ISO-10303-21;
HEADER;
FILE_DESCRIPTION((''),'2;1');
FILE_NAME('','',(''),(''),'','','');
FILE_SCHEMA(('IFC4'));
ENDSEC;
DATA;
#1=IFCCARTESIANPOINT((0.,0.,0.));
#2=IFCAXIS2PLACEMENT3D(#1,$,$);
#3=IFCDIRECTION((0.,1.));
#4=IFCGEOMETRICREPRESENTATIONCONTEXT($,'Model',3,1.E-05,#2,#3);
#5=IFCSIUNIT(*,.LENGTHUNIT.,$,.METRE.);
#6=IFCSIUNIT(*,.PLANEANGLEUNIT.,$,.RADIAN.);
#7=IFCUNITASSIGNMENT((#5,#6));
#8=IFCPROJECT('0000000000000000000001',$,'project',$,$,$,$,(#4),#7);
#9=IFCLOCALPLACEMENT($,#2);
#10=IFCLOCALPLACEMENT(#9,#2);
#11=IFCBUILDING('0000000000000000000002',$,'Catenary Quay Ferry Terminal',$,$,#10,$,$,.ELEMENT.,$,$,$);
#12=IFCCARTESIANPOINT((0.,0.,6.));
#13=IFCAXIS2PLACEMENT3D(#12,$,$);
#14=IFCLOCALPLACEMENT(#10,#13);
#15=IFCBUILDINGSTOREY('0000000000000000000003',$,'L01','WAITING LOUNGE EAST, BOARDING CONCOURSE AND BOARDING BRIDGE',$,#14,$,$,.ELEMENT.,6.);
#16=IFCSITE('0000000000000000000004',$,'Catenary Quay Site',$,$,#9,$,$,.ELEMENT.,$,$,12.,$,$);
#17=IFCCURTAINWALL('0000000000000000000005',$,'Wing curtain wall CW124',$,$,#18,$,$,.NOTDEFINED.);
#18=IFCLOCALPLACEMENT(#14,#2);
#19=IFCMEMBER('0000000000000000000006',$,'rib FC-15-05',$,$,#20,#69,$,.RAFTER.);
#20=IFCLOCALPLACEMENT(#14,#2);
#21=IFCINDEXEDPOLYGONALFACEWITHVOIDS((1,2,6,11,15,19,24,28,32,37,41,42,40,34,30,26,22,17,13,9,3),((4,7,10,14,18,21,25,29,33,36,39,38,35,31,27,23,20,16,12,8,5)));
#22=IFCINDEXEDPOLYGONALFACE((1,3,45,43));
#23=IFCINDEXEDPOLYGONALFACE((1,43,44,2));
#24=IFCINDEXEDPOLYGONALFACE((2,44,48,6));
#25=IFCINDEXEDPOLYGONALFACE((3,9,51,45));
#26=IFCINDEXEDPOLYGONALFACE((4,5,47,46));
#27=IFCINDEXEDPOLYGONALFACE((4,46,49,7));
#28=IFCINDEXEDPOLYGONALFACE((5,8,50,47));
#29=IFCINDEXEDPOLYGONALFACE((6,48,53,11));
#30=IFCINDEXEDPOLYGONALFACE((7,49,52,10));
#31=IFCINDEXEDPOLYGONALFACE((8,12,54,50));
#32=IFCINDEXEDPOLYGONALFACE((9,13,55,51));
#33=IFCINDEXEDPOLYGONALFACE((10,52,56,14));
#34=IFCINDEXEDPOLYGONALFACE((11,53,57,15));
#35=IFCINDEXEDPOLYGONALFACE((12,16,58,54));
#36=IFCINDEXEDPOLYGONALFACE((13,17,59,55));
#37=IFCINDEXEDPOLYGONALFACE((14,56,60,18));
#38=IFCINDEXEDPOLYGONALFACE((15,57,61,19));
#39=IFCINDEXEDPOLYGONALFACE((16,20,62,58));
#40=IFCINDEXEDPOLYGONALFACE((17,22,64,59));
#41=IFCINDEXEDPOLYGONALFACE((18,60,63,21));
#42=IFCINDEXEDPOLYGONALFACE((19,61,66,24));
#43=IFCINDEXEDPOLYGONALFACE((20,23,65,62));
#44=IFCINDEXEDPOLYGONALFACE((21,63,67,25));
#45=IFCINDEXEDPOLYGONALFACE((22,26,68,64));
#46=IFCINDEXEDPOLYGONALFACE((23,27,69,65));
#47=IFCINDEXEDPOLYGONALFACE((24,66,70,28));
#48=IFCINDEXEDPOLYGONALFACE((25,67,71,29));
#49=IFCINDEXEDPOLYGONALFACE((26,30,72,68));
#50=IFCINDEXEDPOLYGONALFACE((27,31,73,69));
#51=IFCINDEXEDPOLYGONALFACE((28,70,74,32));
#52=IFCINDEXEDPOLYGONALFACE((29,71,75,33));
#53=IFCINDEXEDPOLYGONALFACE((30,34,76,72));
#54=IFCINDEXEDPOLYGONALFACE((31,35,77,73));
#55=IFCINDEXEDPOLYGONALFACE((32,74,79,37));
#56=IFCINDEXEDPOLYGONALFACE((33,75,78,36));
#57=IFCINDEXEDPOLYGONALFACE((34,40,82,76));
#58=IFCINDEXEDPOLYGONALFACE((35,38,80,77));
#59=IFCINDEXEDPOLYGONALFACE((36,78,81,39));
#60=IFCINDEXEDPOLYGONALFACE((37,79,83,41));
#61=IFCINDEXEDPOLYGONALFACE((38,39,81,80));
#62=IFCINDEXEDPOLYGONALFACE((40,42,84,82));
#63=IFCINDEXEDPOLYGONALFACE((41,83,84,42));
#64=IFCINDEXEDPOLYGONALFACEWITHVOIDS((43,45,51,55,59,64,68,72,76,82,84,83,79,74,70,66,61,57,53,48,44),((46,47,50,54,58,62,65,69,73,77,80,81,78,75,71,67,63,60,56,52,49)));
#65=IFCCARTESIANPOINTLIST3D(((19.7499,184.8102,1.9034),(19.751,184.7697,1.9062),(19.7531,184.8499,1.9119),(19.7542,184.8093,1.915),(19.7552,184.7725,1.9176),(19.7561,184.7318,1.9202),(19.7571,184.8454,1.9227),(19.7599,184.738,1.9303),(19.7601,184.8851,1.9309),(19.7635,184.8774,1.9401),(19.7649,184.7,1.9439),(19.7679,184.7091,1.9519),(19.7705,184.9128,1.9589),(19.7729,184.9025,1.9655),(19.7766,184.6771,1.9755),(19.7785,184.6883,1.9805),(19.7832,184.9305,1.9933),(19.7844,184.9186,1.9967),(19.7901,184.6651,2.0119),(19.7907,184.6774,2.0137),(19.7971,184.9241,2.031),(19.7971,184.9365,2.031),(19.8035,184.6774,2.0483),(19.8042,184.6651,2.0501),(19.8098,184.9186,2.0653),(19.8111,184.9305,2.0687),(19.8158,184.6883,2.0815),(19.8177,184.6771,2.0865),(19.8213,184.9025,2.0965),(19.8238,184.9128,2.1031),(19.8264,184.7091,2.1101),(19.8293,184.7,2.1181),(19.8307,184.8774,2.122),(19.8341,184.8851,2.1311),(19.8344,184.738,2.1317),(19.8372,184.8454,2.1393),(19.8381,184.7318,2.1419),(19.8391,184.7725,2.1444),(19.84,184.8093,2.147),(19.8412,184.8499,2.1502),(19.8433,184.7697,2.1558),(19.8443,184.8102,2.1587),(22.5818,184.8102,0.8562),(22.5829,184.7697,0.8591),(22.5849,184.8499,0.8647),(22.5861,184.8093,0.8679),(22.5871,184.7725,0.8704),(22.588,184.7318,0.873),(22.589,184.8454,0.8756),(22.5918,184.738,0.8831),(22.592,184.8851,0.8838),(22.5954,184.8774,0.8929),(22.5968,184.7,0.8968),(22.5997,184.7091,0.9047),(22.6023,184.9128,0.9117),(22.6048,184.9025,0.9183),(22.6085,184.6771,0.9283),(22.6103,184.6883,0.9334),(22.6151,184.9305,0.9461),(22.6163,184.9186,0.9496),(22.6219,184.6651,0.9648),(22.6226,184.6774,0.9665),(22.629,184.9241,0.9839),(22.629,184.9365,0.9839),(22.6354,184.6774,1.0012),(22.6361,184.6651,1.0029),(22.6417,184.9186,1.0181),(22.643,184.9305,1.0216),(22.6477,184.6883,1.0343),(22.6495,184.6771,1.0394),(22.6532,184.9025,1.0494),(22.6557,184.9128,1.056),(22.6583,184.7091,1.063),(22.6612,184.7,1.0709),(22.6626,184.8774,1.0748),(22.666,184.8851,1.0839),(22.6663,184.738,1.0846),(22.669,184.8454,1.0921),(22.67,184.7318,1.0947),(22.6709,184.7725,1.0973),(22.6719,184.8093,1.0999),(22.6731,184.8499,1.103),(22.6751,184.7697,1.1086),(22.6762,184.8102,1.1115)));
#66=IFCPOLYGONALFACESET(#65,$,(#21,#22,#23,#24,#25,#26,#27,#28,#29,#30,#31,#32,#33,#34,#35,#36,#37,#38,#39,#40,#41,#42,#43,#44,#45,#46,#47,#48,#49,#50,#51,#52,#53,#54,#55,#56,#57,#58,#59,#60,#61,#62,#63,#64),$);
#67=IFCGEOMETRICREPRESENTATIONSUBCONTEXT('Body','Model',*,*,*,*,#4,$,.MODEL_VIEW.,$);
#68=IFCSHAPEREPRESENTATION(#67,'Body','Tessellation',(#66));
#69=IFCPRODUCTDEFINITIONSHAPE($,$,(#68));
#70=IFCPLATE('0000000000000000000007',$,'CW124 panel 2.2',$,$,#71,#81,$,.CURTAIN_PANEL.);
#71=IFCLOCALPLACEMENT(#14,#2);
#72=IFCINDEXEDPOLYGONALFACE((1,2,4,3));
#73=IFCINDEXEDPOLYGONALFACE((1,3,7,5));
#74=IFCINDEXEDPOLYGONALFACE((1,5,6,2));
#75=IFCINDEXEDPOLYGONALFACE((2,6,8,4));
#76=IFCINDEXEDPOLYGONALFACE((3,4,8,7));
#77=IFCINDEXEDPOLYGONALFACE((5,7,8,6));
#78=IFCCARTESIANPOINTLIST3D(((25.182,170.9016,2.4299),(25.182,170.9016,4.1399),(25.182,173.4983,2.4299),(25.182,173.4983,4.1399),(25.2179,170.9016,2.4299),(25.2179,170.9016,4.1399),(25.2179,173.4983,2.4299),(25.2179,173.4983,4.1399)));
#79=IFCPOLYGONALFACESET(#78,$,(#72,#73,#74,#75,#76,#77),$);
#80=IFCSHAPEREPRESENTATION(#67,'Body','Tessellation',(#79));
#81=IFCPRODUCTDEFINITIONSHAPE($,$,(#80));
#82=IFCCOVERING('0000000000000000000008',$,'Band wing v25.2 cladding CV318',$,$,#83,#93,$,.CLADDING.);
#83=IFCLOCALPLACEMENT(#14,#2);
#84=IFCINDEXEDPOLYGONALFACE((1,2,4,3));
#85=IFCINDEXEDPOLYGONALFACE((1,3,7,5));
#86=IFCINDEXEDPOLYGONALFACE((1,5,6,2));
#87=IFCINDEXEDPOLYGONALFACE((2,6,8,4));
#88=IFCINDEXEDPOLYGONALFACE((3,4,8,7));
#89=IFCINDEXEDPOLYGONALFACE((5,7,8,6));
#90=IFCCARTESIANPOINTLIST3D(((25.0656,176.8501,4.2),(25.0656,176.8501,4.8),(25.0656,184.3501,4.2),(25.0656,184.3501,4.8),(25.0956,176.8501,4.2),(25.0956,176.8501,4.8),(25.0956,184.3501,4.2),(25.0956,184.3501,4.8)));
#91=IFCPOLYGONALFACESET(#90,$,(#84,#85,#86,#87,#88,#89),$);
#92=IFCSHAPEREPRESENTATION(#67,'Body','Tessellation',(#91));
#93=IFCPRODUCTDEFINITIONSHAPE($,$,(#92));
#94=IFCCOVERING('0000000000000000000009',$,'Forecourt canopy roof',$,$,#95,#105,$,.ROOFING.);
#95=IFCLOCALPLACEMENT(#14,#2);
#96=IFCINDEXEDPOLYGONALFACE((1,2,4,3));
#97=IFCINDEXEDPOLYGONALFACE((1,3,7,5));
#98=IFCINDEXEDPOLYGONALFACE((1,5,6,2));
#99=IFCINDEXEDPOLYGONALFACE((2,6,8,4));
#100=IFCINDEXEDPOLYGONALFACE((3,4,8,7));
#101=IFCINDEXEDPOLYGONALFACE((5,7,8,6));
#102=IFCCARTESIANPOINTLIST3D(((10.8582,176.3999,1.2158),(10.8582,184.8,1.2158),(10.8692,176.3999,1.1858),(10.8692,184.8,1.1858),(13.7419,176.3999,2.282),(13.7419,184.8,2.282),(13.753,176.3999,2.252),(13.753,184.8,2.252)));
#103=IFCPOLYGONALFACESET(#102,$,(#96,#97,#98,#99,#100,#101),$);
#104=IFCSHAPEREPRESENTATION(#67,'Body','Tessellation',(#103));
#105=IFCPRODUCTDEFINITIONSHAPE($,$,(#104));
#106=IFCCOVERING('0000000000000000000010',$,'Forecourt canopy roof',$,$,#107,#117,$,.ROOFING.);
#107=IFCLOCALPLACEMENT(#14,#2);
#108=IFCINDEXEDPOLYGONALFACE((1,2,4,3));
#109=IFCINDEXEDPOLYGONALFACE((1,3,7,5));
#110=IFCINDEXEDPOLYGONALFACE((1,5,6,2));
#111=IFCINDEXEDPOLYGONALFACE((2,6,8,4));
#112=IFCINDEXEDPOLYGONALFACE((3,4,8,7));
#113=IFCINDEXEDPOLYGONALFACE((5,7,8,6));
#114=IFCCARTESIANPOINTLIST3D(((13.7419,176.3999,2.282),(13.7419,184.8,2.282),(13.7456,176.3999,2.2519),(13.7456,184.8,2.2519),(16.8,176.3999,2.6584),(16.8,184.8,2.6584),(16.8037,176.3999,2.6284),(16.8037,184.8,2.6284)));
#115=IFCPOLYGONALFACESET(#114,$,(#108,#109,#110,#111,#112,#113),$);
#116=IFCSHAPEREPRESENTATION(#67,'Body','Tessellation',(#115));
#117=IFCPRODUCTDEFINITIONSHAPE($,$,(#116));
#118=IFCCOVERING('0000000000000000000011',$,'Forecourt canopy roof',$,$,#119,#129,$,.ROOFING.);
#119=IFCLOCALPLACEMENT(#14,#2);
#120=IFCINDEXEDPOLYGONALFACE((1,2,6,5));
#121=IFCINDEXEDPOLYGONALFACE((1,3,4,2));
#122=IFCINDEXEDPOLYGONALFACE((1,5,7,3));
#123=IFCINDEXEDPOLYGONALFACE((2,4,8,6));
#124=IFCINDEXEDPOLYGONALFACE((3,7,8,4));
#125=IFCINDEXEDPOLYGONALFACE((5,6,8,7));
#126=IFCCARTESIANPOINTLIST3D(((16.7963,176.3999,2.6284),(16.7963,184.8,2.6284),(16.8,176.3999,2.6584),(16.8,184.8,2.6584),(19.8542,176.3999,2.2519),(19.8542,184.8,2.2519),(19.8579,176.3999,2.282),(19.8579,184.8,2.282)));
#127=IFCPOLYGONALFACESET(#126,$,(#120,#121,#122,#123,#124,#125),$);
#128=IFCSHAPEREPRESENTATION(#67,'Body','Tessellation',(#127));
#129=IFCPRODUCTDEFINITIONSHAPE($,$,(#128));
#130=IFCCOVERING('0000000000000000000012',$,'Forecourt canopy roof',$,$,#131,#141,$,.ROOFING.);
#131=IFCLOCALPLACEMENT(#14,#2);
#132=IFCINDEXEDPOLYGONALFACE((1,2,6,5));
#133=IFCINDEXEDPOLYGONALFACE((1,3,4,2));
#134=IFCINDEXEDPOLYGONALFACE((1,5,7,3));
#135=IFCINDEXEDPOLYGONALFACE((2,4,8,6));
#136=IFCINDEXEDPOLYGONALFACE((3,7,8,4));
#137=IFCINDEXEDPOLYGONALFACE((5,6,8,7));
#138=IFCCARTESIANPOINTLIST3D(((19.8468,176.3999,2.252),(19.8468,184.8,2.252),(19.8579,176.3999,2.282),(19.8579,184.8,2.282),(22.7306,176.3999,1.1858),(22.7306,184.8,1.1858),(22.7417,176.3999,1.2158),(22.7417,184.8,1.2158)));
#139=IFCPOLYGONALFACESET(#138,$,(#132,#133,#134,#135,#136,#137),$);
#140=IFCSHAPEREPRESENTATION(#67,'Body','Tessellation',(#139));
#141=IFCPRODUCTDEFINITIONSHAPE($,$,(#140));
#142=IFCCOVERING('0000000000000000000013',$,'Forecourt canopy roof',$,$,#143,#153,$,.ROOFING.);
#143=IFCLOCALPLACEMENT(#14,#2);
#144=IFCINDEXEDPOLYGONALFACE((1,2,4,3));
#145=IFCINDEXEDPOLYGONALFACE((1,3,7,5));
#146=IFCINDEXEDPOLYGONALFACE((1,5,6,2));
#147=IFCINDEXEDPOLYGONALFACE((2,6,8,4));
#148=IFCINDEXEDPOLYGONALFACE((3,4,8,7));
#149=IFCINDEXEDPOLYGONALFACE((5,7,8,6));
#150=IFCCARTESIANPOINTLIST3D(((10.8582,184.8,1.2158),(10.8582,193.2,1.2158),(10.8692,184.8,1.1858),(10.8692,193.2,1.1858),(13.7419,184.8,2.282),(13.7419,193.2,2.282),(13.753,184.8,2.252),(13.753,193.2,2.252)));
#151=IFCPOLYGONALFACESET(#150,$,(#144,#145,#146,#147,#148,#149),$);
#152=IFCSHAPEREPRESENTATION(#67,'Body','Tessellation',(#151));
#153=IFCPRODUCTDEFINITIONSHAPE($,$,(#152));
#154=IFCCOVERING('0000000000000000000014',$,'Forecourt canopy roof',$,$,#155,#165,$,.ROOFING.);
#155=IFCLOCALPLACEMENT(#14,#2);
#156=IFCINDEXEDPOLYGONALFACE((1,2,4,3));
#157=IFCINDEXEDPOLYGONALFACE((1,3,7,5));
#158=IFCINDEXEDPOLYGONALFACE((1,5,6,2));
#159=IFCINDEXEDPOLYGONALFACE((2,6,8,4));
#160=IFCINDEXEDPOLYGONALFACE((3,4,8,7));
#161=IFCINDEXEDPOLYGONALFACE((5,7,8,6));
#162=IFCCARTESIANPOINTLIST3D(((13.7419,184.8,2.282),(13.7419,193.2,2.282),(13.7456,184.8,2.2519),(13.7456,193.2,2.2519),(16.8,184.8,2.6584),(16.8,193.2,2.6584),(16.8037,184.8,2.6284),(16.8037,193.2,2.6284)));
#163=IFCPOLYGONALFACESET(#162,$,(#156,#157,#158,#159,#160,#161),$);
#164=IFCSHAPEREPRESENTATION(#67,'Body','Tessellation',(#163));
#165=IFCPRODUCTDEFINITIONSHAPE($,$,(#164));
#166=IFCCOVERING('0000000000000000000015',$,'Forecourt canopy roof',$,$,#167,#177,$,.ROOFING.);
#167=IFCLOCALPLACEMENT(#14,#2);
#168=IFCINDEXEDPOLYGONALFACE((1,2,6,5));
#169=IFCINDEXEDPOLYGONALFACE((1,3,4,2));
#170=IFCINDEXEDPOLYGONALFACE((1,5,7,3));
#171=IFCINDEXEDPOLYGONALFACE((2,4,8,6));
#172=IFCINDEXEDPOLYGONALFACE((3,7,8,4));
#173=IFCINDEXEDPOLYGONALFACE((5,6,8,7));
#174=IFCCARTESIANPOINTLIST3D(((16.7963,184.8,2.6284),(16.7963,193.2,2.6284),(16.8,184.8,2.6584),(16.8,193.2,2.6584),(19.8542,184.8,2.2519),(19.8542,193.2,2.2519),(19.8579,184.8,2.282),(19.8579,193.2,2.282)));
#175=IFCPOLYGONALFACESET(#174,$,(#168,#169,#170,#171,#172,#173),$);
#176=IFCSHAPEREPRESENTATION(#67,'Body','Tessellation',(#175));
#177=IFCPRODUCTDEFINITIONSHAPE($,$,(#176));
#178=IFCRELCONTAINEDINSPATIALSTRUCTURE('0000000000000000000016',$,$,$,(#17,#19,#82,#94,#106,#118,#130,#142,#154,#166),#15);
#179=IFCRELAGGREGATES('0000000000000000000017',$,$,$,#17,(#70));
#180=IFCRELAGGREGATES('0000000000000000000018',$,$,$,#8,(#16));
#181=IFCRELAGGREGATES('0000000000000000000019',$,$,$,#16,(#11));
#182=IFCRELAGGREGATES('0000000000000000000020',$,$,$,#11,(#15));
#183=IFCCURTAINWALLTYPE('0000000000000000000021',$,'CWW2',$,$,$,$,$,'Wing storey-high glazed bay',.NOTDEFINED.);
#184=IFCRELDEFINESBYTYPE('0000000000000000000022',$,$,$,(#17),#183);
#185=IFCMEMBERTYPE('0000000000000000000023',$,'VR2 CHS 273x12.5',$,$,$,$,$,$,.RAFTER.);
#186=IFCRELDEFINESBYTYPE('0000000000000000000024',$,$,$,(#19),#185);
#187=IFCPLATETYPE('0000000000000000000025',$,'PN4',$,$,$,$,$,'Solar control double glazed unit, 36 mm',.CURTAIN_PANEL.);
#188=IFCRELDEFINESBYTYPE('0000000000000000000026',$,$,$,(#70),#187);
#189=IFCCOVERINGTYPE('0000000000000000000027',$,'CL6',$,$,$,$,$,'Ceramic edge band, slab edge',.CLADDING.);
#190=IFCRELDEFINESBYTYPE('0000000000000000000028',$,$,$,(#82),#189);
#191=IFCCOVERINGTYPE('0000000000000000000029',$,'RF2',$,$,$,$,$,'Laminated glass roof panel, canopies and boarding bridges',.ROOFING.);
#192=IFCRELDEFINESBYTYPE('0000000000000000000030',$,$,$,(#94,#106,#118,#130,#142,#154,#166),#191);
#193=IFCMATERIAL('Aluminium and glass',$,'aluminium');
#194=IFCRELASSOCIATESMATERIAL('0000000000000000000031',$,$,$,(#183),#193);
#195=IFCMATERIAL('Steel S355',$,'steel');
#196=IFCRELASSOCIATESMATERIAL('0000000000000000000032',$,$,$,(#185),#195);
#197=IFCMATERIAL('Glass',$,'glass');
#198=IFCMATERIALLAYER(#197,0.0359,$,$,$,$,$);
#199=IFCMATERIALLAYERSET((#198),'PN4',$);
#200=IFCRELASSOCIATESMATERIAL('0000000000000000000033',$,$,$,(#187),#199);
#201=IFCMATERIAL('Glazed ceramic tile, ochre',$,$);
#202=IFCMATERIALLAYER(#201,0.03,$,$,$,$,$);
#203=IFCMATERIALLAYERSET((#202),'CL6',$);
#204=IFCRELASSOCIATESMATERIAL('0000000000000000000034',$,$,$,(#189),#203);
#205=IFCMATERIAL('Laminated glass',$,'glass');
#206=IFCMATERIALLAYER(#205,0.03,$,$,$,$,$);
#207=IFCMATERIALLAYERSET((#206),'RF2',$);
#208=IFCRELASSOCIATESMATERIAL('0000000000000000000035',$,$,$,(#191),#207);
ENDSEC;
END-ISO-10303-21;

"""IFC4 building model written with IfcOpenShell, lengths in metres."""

from ifc_helpers import new_model, si_unit, direction, frame, origin, origin_2d, place, context, subcontext, project, spatial, polyline, rectangle, hollow_circle, outline, extrude, material, layer, layer_set, material_profile, profile_set, type_object, element, aggregate, save


model = new_model("IFC4")

# Units and contexts
model_context = context("Model", 3, precision=1e-05, world=origin(), true_north=direction((0.0, 1.0)))
body_context = subcontext(model_context, "Body", "Model", "MODEL_VIEW")
ifc_project = project(units=[si_unit("LENGTHUNIT", "METRE"), si_unit("PLANEANGLEUNIT", "RADIAN")], contexts=[model_context])

# Site, building, storey
site_placement = place(None, origin())
site = spatial("IfcSite", under=ifc_project, at=site_placement, Name="Catenary Quay Site", CompositionType="ELEMENT", RefElevation=12.0)
building_placement = place(site_placement, origin())
building = spatial("IfcBuilding", under=site, at=building_placement, Name="Catenary Quay Ferry Terminal", CompositionType="ELEMENT")
storey_placement = place(building_placement, frame((0.0, 0.0, 6.0)))
storey = spatial("IfcBuildingStorey", under=building, at=storey_placement, Name="L01", Description="WAITING LOUNGE EAST, BOARDING CONCOURSE AND BOARDING BRIDGE", CompositionType="ELEMENT", Elevation=6.0)

# Curtain wall
ifc_material_1 = material(Name="Aluminium and glass", Category="aluminium")
curtain_wall_type = type_object("IfcCurtainWallType", Name="CWW2", ElementType="Wing storey-high glazed bay", PredefinedType="NOTDEFINED", material=ifc_material_1)
curtain_wall_placement = place(storey_placement, origin())
curtain_wall = element("IfcCurtainWall", 1, at=curtain_wall_placement, inside=storey, type_object=curtain_wall_type, Name="Wing curtain wall CW124", PredefinedType="NOTDEFINED")

# Member
ifc_material_2 = material(Name="Steel S355", Category="steel")
ifc_material_profile_1 = material_profile(ifc_material_2, hollow_circle(Radius=0.1365, WallThickness=0.0125, at=origin_2d()), Name="CHS 273x12.5")
ifc_profile_set_1 = profile_set([ifc_material_profile_1], Name="Steel S355")
member_type_1 = type_object("IfcMemberType", Name="VR2 CHS 273x12.5", PredefinedType="RAFTER", material=ifc_profile_set_1)
member_1_placement = place(storey_placement, frame((19.7971, 184.8, 2.031), z_axis=(0.937931, 0.0, -0.346822), x_axis=(0.0, 1.0, 0.0)))
element("IfcMember", 2, at=member_1_placement, inside=storey, type_object=member_type_1, Name="rib FC-15-05", PredefinedType="RAFTER", context=body_context, shape_type="SweptSolid", body=[
    extrude(hollow_circle(Radius=0.1365, WallThickness=0.0125, at=origin_2d()), origin(), (0.0, 0.0, 1.0), 3.0193),
])

# Plate
ifc_material_3 = material(Name="Glass", Category="glass")
ifc_layer_1 = layer(ifc_material_3, 0.0359)
ifc_layer_set_1 = layer_set([ifc_layer_1], Name="PN4")
plate_type = type_object("IfcPlateType", Name="PN4", ElementType="Solar control double glazed unit, 36 mm", PredefinedType="CURTAIN_PANEL", material=ifc_layer_set_1)
plate_placement = place(storey_placement, frame((25.2, 172.2, 2.4299), z_axis=(0.0, 0.0, 1.0), x_axis=(0.0, 1.0, 0.0)))
plate = element("IfcPlate", 3, at=plate_placement, type_object=plate_type, Name="CW124 panel 2.2", PredefinedType="CURTAIN_PANEL", context=body_context, shape_type="SweptSolid", body=[
    extrude(rectangle(XDim=2.5967, YDim=0.0359, at=origin_2d()), origin(), (0.0, 0.0, 1.0), 1.71),
])
aggregate(curtain_wall, [plate])

# Coverings
ifc_material_4 = material(Name="Glazed ceramic tile, ochre")
ifc_layer_2 = layer(ifc_material_4, 0.03)
ifc_layer_set_2 = layer_set([ifc_layer_2], Name="CL6")
covering_type_1 = type_object("IfcCoveringType", Name="CL6", ElementType="Ceramic edge band, slab edge", PredefinedType="CLADDING", material=ifc_layer_set_2)
covering_1_placement = place(storey_placement, frame((25.0806, 180.6001, 4.2), z_axis=(0.0, 0.0, 1.0), x_axis=(1.0, 0.0, 0.0)))
element("IfcCovering", 4, at=covering_1_placement, inside=storey, type_object=covering_type_1, Name="Band wing v25.2 cladding CV318", PredefinedType="CLADDING", context=body_context, shape_type="SweptSolid", body=[
    extrude(rectangle(XDim=0.03, YDim=7.5, at=origin_2d()), origin(), (0.0, 0.0, 1.0), 0.6001),
])
ifc_material_5 = material(Name="Laminated glass", Category="glass")
ifc_layer_3 = layer(ifc_material_5, 0.03)
ifc_layer_set_3 = layer_set([ifc_layer_3], Name="RF2")
covering_type_2 = type_object("IfcCoveringType", Name="RF2", ElementType="Laminated glass roof panel, canopies and boarding bridges", PredefinedType="ROOFING", material=ifc_layer_set_3)
covering_2_placement = place(storey_placement, frame((10.8582, 176.3999, 1.2158), z_axis=(-0.346769, 0.0, 0.937951), x_axis=(0.0, 1.0, 0.0)))
element("IfcCovering", 5, at=covering_2_placement, inside=storey, type_object=covering_type_2, Name="Forecourt canopy roof", PredefinedType="ROOFING", context=body_context, shape_type="SweptSolid", body=[
    extrude(outline(polyline([(0.0, 0.0), (8.4001, 0.0), (8.4001, -3.0746), (0.0, -3.0746), (0.0, 0.0)])), origin(), (0.0, 0.0, -1.0), 0.032),
])
covering_3_placement = place(storey_placement, frame((13.7419, 176.3999, 2.282), z_axis=(-0.122182, 0.0, 0.992508), x_axis=(0.0, 1.0, 0.0)))
element("IfcCovering", 6, at=covering_3_placement, inside=storey, type_object=covering_type_2, Name="Forecourt canopy roof", PredefinedType="ROOFING", context=body_context, shape_type="SweptSolid", body=[
    extrude(outline(polyline([(0.0, 0.0), (8.4001, 0.0), (8.4001, -3.0812), (0.0, -3.0812), (0.0, 0.0)])), origin(), (0.0, 0.0, -1.0), 0.0303),
])
covering_4_placement = place(storey_placement, frame((16.8, 176.3999, 2.6584), z_axis=(0.122191, 0.0, 0.992507), x_axis=(0.0, 1.0, 0.0)))
element("IfcCovering", 7, at=covering_4_placement, inside=storey, type_object=covering_type_2, Name="Forecourt canopy roof", PredefinedType="ROOFING", context=body_context, shape_type="SweptSolid", body=[
    extrude(outline(polyline([(0.0, 0.0), (8.4001, 0.0), (8.4001, -3.0809), (0.0, -3.0809), (0.0, 0.0)])), origin(), (0.0, 0.0, -1.0), 0.0303),
])
covering_5_placement = place(storey_placement, frame((19.8579, 176.3999, 2.282), z_axis=(0.346769, 0.0, 0.937951), x_axis=(0.0, 1.0, 0.0)))
element("IfcCovering", 8, at=covering_5_placement, inside=storey, type_object=covering_type_2, Name="Forecourt canopy roof", PredefinedType="ROOFING", context=body_context, shape_type="SweptSolid", body=[
    extrude(outline(polyline([(0.0, 0.0), (8.4001, 0.0), (8.4001, -3.0746), (0.0, -3.0746), (0.0, 0.0)])), origin(), (0.0, 0.0, -1.0), 0.032),
])
covering_6_placement = place(storey_placement, frame((10.8582, 184.8, 1.2158), z_axis=(-0.346769, 0.0, 0.937951), x_axis=(0.0, 1.0, 0.0)))
element("IfcCovering", 9, at=covering_6_placement, inside=storey, type_object=covering_type_2, Name="Forecourt canopy roof", PredefinedType="ROOFING", context=body_context, shape_type="SweptSolid", body=[
    extrude(outline(polyline([(0.0, 0.0), (8.3999, 0.0), (8.3999, -3.0746), (0.0, -3.0746), (0.0, 0.0)])), origin(), (0.0, 0.0, -1.0), 0.032),
])
covering_7_placement = place(storey_placement, frame((13.7419, 184.8, 2.282), z_axis=(-0.122182, 0.0, 0.992508), x_axis=(0.0, 1.0, 0.0)))
element("IfcCovering", 10, at=covering_7_placement, inside=storey, type_object=covering_type_2, Name="Forecourt canopy roof", PredefinedType="ROOFING", context=body_context, shape_type="SweptSolid", body=[
    extrude(outline(polyline([(0.0, 0.0), (8.3999, 0.0), (8.3999, -3.0812), (0.0, -3.0812), (0.0, 0.0)])), origin(), (0.0, 0.0, -1.0), 0.0303),
])
covering_8_placement = place(storey_placement, frame((16.8, 184.8, 2.6584), z_axis=(0.122191, 0.0, 0.992507), x_axis=(0.0, 1.0, 0.0)))
element("IfcCovering", 11, at=covering_8_placement, inside=storey, type_object=covering_type_2, Name="Forecourt canopy roof", PredefinedType="ROOFING", context=body_context, shape_type="SweptSolid", body=[
    extrude(outline(polyline([(0.0, 0.0), (8.3999, 0.0), (8.3999, -3.0809), (0.0, -3.0809), (0.0, 0.0)])), origin(), (0.0, 0.0, -1.0), 0.0303),
])

save(model, "model.ifc")
